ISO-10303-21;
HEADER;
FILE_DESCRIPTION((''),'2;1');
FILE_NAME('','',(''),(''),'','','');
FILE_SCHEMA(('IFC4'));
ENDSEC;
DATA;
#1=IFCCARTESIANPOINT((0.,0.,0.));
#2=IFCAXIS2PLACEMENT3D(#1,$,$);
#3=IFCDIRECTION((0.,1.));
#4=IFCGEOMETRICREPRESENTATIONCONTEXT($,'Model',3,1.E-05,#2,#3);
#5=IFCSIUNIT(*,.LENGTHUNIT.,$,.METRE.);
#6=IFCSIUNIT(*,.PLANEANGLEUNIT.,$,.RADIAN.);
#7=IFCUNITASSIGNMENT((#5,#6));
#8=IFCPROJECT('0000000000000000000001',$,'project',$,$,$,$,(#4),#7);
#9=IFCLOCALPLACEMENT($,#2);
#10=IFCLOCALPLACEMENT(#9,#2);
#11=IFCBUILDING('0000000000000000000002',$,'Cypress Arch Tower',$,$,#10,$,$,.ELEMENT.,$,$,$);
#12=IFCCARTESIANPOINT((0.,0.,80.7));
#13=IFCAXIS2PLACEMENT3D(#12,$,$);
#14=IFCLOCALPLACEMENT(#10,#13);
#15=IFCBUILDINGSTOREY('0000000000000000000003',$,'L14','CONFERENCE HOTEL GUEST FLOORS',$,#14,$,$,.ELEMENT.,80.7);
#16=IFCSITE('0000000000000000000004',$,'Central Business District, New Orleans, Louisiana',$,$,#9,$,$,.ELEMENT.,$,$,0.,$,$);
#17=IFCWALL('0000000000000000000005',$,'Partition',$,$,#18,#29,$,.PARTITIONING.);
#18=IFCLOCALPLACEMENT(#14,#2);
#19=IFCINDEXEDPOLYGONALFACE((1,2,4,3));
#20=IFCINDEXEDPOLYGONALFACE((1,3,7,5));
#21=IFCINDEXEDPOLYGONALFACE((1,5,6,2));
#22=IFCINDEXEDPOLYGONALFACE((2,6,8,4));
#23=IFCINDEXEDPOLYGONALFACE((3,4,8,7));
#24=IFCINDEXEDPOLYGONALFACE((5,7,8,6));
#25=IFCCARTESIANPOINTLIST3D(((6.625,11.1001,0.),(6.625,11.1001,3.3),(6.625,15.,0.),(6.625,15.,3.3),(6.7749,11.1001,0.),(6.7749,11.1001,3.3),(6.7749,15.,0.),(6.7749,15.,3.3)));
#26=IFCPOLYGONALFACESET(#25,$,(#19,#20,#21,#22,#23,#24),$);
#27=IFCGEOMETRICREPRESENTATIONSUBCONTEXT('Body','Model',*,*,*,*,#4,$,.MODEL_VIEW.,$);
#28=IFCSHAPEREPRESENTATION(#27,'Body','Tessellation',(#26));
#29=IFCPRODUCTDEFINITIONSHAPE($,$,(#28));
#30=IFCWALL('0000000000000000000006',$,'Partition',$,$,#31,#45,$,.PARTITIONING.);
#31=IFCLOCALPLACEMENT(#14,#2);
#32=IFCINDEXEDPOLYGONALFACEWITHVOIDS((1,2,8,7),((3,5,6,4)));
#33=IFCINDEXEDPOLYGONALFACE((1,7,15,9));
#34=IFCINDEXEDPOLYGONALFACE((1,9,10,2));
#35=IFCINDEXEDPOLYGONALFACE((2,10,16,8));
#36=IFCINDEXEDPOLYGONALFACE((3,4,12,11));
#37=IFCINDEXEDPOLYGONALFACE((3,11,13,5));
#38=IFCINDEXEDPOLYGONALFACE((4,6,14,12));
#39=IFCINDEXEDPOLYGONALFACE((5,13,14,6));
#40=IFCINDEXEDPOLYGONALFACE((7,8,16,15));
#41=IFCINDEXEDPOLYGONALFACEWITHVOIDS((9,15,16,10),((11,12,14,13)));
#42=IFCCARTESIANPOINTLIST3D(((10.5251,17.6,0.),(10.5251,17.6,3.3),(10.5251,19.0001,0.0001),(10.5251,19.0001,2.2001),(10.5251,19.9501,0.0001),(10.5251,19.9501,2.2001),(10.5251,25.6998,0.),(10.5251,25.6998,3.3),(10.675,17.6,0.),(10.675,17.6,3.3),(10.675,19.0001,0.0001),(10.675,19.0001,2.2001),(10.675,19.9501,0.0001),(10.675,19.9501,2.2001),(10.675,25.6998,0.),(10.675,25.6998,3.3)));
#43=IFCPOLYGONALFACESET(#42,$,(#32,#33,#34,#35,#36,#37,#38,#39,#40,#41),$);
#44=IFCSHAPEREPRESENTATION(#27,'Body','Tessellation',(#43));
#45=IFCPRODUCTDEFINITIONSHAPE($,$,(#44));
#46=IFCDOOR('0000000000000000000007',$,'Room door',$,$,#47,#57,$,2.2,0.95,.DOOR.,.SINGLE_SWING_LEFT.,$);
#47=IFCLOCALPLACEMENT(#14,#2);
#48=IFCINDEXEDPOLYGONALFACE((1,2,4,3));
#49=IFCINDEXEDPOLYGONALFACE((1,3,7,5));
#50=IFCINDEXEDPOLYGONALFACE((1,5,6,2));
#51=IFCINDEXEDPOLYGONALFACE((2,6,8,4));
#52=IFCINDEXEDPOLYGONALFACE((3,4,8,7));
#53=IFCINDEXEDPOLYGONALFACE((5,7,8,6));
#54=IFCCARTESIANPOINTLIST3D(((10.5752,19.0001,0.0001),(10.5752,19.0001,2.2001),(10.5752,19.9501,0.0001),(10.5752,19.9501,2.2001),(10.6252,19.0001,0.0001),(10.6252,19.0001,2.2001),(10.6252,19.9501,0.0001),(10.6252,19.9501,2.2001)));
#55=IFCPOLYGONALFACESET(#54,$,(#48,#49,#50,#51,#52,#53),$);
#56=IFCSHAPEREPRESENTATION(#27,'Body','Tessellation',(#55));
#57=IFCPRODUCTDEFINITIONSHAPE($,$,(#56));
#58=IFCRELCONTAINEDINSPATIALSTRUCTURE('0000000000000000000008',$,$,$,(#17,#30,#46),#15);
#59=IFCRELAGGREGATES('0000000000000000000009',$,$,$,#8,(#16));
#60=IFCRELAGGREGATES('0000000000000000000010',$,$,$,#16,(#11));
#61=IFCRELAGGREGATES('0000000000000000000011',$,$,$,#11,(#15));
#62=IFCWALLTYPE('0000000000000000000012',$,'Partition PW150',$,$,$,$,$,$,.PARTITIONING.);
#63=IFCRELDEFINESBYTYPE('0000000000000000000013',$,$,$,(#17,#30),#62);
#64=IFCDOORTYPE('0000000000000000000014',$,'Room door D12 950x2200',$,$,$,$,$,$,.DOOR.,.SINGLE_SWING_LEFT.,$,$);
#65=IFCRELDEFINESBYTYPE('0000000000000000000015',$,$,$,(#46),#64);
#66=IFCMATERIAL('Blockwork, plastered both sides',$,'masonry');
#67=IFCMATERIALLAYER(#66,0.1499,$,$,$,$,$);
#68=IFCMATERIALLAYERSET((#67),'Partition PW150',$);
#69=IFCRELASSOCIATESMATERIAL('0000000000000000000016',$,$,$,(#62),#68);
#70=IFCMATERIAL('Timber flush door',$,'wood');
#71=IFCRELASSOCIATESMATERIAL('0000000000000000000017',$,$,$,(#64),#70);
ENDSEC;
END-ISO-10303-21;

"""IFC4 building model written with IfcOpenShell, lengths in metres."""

from ifc_helpers import new_model, si_unit, direction, frame, frame_2d, origin, place, context, subcontext, project, spatial, rectangle, extrude, material, layer, layer_set, type_object, element, fill, save


model = new_model("IFC4")

# Units and contexts
model_context = context("Model", 3, precision=1e-05, world=origin(), true_north=direction((0.0, 1.0)))
body_context = subcontext(model_context, "Body", "Model", "MODEL_VIEW")
ifc_project = project(units=[si_unit("LENGTHUNIT", "METRE"), si_unit("PLANEANGLEUNIT", "RADIAN")], contexts=[model_context])

# Site, building, storey
site_placement = place(None, origin())
site = spatial("IfcSite", under=ifc_project, at=site_placement, Name="Central Business District, New Orleans, Louisiana", CompositionType="ELEMENT", RefElevation=0.0)
building_placement = place(site_placement, origin())
building = spatial("IfcBuilding", under=site, at=building_placement, Name="Cypress Arch Tower", CompositionType="ELEMENT")
storey_placement = place(building_placement, frame((0.0, 0.0, 80.7)))
storey = spatial("IfcBuildingStorey", under=building, at=storey_placement, Name="L14", Description="CONFERENCE HOTEL GUEST FLOORS", CompositionType="ELEMENT", Elevation=80.7)

# Shared definitions
ifc_material_1 = material(Name="Blockwork, plastered both sides", Category="masonry")
ifc_layer_1 = layer(ifc_material_1, 0.1499)
ifc_layer_set_1 = layer_set([ifc_layer_1], Name="Partition PW150")
wall_type_1 = type_object("IfcWallType", Name="Partition PW150", PredefinedType="PARTITIONING", material=ifc_layer_set_1)
ifc_material_2 = material(Name="Timber flush door", Category="wood")
door_type_1 = type_object("IfcDoorType", Name="Room door D12 950x2200", OperationType="SINGLE_SWING_LEFT", PredefinedType="DOOR", material=ifc_material_2)

# Wall
wall_1_placement = place(storey_placement, frame((6.7, 11.1001, 0.0), z_axis=(0.0, 0.0, 1.0), x_axis=(0.0, 1.0, 0.0)))
element("IfcWall", 1, at=wall_1_placement, inside=storey, type_object=wall_type_1, Name="Partition", PredefinedType="PARTITIONING", context=body_context, shape_type="SweptSolid", body=[
    extrude(rectangle(XDim=3.8999, YDim=0.1499, at=frame_2d((1.95, 0.0))), origin(), (0.0, 0.0, 1.0), 3.3),
])

# Wall, opening, door
wall_2_placement = place(storey_placement, frame((10.6001, 17.6001, 0.0), z_axis=(0.0, 0.0, 1.0), x_axis=(0.0, 1.0, 0.0)))
wall_2 = element("IfcWall", 2, at=wall_2_placement, inside=storey, type_object=wall_type_1, Name="Partition", PredefinedType="PARTITIONING", context=body_context, shape_type="SweptSolid", body=[
    extrude(rectangle(XDim=8.0999, YDim=0.1499, at=frame_2d((4.0498, 0.0))), origin(), (0.0, 0.0, 1.0), 3.3),
])
opening_1_placement = place(wall_2_placement, frame((1.3999, 0.0, 0.0)))
opening_1 = element("IfcOpeningElement", 3, at=opening_1_placement, cuts=wall_2, PredefinedType="OPENING", context=body_context, shape_type="SweptSolid", body=[
    extrude(rectangle(XDim=0.95, YDim=2.2, at=frame_2d((0.4751, 1.1001))), frame((0.0, 0.085, 0.0), z_axis=(0.0, -1.0, 0.0), x_axis=(1.0, 0.0, 0.0)), (0.0, 0.0, 1.0), 0.1699),
])
door_1_placement = place(opening_1_placement, origin())
door_1 = element("IfcDoor", 4, at=door_1_placement, inside=storey, type_object=door_type_1, Name="Room door", OperationType="SINGLE_SWING_LEFT", OverallHeight=2.2, OverallWidth=0.95, PredefinedType="DOOR", context=body_context, shape_type="SweptSolid", body=[
    extrude(rectangle(XDim=0.95, YDim=2.2, at=frame_2d((0.4751, 1.1001))), frame((0.0, 0.0249, 0.0), z_axis=(0.0, -1.0, 0.0), x_axis=(1.0, 0.0, 0.0)), (0.0, 0.0, 1.0), 0.05),
])
fill(opening_1, door_1)

save(model, "model.ifc")
